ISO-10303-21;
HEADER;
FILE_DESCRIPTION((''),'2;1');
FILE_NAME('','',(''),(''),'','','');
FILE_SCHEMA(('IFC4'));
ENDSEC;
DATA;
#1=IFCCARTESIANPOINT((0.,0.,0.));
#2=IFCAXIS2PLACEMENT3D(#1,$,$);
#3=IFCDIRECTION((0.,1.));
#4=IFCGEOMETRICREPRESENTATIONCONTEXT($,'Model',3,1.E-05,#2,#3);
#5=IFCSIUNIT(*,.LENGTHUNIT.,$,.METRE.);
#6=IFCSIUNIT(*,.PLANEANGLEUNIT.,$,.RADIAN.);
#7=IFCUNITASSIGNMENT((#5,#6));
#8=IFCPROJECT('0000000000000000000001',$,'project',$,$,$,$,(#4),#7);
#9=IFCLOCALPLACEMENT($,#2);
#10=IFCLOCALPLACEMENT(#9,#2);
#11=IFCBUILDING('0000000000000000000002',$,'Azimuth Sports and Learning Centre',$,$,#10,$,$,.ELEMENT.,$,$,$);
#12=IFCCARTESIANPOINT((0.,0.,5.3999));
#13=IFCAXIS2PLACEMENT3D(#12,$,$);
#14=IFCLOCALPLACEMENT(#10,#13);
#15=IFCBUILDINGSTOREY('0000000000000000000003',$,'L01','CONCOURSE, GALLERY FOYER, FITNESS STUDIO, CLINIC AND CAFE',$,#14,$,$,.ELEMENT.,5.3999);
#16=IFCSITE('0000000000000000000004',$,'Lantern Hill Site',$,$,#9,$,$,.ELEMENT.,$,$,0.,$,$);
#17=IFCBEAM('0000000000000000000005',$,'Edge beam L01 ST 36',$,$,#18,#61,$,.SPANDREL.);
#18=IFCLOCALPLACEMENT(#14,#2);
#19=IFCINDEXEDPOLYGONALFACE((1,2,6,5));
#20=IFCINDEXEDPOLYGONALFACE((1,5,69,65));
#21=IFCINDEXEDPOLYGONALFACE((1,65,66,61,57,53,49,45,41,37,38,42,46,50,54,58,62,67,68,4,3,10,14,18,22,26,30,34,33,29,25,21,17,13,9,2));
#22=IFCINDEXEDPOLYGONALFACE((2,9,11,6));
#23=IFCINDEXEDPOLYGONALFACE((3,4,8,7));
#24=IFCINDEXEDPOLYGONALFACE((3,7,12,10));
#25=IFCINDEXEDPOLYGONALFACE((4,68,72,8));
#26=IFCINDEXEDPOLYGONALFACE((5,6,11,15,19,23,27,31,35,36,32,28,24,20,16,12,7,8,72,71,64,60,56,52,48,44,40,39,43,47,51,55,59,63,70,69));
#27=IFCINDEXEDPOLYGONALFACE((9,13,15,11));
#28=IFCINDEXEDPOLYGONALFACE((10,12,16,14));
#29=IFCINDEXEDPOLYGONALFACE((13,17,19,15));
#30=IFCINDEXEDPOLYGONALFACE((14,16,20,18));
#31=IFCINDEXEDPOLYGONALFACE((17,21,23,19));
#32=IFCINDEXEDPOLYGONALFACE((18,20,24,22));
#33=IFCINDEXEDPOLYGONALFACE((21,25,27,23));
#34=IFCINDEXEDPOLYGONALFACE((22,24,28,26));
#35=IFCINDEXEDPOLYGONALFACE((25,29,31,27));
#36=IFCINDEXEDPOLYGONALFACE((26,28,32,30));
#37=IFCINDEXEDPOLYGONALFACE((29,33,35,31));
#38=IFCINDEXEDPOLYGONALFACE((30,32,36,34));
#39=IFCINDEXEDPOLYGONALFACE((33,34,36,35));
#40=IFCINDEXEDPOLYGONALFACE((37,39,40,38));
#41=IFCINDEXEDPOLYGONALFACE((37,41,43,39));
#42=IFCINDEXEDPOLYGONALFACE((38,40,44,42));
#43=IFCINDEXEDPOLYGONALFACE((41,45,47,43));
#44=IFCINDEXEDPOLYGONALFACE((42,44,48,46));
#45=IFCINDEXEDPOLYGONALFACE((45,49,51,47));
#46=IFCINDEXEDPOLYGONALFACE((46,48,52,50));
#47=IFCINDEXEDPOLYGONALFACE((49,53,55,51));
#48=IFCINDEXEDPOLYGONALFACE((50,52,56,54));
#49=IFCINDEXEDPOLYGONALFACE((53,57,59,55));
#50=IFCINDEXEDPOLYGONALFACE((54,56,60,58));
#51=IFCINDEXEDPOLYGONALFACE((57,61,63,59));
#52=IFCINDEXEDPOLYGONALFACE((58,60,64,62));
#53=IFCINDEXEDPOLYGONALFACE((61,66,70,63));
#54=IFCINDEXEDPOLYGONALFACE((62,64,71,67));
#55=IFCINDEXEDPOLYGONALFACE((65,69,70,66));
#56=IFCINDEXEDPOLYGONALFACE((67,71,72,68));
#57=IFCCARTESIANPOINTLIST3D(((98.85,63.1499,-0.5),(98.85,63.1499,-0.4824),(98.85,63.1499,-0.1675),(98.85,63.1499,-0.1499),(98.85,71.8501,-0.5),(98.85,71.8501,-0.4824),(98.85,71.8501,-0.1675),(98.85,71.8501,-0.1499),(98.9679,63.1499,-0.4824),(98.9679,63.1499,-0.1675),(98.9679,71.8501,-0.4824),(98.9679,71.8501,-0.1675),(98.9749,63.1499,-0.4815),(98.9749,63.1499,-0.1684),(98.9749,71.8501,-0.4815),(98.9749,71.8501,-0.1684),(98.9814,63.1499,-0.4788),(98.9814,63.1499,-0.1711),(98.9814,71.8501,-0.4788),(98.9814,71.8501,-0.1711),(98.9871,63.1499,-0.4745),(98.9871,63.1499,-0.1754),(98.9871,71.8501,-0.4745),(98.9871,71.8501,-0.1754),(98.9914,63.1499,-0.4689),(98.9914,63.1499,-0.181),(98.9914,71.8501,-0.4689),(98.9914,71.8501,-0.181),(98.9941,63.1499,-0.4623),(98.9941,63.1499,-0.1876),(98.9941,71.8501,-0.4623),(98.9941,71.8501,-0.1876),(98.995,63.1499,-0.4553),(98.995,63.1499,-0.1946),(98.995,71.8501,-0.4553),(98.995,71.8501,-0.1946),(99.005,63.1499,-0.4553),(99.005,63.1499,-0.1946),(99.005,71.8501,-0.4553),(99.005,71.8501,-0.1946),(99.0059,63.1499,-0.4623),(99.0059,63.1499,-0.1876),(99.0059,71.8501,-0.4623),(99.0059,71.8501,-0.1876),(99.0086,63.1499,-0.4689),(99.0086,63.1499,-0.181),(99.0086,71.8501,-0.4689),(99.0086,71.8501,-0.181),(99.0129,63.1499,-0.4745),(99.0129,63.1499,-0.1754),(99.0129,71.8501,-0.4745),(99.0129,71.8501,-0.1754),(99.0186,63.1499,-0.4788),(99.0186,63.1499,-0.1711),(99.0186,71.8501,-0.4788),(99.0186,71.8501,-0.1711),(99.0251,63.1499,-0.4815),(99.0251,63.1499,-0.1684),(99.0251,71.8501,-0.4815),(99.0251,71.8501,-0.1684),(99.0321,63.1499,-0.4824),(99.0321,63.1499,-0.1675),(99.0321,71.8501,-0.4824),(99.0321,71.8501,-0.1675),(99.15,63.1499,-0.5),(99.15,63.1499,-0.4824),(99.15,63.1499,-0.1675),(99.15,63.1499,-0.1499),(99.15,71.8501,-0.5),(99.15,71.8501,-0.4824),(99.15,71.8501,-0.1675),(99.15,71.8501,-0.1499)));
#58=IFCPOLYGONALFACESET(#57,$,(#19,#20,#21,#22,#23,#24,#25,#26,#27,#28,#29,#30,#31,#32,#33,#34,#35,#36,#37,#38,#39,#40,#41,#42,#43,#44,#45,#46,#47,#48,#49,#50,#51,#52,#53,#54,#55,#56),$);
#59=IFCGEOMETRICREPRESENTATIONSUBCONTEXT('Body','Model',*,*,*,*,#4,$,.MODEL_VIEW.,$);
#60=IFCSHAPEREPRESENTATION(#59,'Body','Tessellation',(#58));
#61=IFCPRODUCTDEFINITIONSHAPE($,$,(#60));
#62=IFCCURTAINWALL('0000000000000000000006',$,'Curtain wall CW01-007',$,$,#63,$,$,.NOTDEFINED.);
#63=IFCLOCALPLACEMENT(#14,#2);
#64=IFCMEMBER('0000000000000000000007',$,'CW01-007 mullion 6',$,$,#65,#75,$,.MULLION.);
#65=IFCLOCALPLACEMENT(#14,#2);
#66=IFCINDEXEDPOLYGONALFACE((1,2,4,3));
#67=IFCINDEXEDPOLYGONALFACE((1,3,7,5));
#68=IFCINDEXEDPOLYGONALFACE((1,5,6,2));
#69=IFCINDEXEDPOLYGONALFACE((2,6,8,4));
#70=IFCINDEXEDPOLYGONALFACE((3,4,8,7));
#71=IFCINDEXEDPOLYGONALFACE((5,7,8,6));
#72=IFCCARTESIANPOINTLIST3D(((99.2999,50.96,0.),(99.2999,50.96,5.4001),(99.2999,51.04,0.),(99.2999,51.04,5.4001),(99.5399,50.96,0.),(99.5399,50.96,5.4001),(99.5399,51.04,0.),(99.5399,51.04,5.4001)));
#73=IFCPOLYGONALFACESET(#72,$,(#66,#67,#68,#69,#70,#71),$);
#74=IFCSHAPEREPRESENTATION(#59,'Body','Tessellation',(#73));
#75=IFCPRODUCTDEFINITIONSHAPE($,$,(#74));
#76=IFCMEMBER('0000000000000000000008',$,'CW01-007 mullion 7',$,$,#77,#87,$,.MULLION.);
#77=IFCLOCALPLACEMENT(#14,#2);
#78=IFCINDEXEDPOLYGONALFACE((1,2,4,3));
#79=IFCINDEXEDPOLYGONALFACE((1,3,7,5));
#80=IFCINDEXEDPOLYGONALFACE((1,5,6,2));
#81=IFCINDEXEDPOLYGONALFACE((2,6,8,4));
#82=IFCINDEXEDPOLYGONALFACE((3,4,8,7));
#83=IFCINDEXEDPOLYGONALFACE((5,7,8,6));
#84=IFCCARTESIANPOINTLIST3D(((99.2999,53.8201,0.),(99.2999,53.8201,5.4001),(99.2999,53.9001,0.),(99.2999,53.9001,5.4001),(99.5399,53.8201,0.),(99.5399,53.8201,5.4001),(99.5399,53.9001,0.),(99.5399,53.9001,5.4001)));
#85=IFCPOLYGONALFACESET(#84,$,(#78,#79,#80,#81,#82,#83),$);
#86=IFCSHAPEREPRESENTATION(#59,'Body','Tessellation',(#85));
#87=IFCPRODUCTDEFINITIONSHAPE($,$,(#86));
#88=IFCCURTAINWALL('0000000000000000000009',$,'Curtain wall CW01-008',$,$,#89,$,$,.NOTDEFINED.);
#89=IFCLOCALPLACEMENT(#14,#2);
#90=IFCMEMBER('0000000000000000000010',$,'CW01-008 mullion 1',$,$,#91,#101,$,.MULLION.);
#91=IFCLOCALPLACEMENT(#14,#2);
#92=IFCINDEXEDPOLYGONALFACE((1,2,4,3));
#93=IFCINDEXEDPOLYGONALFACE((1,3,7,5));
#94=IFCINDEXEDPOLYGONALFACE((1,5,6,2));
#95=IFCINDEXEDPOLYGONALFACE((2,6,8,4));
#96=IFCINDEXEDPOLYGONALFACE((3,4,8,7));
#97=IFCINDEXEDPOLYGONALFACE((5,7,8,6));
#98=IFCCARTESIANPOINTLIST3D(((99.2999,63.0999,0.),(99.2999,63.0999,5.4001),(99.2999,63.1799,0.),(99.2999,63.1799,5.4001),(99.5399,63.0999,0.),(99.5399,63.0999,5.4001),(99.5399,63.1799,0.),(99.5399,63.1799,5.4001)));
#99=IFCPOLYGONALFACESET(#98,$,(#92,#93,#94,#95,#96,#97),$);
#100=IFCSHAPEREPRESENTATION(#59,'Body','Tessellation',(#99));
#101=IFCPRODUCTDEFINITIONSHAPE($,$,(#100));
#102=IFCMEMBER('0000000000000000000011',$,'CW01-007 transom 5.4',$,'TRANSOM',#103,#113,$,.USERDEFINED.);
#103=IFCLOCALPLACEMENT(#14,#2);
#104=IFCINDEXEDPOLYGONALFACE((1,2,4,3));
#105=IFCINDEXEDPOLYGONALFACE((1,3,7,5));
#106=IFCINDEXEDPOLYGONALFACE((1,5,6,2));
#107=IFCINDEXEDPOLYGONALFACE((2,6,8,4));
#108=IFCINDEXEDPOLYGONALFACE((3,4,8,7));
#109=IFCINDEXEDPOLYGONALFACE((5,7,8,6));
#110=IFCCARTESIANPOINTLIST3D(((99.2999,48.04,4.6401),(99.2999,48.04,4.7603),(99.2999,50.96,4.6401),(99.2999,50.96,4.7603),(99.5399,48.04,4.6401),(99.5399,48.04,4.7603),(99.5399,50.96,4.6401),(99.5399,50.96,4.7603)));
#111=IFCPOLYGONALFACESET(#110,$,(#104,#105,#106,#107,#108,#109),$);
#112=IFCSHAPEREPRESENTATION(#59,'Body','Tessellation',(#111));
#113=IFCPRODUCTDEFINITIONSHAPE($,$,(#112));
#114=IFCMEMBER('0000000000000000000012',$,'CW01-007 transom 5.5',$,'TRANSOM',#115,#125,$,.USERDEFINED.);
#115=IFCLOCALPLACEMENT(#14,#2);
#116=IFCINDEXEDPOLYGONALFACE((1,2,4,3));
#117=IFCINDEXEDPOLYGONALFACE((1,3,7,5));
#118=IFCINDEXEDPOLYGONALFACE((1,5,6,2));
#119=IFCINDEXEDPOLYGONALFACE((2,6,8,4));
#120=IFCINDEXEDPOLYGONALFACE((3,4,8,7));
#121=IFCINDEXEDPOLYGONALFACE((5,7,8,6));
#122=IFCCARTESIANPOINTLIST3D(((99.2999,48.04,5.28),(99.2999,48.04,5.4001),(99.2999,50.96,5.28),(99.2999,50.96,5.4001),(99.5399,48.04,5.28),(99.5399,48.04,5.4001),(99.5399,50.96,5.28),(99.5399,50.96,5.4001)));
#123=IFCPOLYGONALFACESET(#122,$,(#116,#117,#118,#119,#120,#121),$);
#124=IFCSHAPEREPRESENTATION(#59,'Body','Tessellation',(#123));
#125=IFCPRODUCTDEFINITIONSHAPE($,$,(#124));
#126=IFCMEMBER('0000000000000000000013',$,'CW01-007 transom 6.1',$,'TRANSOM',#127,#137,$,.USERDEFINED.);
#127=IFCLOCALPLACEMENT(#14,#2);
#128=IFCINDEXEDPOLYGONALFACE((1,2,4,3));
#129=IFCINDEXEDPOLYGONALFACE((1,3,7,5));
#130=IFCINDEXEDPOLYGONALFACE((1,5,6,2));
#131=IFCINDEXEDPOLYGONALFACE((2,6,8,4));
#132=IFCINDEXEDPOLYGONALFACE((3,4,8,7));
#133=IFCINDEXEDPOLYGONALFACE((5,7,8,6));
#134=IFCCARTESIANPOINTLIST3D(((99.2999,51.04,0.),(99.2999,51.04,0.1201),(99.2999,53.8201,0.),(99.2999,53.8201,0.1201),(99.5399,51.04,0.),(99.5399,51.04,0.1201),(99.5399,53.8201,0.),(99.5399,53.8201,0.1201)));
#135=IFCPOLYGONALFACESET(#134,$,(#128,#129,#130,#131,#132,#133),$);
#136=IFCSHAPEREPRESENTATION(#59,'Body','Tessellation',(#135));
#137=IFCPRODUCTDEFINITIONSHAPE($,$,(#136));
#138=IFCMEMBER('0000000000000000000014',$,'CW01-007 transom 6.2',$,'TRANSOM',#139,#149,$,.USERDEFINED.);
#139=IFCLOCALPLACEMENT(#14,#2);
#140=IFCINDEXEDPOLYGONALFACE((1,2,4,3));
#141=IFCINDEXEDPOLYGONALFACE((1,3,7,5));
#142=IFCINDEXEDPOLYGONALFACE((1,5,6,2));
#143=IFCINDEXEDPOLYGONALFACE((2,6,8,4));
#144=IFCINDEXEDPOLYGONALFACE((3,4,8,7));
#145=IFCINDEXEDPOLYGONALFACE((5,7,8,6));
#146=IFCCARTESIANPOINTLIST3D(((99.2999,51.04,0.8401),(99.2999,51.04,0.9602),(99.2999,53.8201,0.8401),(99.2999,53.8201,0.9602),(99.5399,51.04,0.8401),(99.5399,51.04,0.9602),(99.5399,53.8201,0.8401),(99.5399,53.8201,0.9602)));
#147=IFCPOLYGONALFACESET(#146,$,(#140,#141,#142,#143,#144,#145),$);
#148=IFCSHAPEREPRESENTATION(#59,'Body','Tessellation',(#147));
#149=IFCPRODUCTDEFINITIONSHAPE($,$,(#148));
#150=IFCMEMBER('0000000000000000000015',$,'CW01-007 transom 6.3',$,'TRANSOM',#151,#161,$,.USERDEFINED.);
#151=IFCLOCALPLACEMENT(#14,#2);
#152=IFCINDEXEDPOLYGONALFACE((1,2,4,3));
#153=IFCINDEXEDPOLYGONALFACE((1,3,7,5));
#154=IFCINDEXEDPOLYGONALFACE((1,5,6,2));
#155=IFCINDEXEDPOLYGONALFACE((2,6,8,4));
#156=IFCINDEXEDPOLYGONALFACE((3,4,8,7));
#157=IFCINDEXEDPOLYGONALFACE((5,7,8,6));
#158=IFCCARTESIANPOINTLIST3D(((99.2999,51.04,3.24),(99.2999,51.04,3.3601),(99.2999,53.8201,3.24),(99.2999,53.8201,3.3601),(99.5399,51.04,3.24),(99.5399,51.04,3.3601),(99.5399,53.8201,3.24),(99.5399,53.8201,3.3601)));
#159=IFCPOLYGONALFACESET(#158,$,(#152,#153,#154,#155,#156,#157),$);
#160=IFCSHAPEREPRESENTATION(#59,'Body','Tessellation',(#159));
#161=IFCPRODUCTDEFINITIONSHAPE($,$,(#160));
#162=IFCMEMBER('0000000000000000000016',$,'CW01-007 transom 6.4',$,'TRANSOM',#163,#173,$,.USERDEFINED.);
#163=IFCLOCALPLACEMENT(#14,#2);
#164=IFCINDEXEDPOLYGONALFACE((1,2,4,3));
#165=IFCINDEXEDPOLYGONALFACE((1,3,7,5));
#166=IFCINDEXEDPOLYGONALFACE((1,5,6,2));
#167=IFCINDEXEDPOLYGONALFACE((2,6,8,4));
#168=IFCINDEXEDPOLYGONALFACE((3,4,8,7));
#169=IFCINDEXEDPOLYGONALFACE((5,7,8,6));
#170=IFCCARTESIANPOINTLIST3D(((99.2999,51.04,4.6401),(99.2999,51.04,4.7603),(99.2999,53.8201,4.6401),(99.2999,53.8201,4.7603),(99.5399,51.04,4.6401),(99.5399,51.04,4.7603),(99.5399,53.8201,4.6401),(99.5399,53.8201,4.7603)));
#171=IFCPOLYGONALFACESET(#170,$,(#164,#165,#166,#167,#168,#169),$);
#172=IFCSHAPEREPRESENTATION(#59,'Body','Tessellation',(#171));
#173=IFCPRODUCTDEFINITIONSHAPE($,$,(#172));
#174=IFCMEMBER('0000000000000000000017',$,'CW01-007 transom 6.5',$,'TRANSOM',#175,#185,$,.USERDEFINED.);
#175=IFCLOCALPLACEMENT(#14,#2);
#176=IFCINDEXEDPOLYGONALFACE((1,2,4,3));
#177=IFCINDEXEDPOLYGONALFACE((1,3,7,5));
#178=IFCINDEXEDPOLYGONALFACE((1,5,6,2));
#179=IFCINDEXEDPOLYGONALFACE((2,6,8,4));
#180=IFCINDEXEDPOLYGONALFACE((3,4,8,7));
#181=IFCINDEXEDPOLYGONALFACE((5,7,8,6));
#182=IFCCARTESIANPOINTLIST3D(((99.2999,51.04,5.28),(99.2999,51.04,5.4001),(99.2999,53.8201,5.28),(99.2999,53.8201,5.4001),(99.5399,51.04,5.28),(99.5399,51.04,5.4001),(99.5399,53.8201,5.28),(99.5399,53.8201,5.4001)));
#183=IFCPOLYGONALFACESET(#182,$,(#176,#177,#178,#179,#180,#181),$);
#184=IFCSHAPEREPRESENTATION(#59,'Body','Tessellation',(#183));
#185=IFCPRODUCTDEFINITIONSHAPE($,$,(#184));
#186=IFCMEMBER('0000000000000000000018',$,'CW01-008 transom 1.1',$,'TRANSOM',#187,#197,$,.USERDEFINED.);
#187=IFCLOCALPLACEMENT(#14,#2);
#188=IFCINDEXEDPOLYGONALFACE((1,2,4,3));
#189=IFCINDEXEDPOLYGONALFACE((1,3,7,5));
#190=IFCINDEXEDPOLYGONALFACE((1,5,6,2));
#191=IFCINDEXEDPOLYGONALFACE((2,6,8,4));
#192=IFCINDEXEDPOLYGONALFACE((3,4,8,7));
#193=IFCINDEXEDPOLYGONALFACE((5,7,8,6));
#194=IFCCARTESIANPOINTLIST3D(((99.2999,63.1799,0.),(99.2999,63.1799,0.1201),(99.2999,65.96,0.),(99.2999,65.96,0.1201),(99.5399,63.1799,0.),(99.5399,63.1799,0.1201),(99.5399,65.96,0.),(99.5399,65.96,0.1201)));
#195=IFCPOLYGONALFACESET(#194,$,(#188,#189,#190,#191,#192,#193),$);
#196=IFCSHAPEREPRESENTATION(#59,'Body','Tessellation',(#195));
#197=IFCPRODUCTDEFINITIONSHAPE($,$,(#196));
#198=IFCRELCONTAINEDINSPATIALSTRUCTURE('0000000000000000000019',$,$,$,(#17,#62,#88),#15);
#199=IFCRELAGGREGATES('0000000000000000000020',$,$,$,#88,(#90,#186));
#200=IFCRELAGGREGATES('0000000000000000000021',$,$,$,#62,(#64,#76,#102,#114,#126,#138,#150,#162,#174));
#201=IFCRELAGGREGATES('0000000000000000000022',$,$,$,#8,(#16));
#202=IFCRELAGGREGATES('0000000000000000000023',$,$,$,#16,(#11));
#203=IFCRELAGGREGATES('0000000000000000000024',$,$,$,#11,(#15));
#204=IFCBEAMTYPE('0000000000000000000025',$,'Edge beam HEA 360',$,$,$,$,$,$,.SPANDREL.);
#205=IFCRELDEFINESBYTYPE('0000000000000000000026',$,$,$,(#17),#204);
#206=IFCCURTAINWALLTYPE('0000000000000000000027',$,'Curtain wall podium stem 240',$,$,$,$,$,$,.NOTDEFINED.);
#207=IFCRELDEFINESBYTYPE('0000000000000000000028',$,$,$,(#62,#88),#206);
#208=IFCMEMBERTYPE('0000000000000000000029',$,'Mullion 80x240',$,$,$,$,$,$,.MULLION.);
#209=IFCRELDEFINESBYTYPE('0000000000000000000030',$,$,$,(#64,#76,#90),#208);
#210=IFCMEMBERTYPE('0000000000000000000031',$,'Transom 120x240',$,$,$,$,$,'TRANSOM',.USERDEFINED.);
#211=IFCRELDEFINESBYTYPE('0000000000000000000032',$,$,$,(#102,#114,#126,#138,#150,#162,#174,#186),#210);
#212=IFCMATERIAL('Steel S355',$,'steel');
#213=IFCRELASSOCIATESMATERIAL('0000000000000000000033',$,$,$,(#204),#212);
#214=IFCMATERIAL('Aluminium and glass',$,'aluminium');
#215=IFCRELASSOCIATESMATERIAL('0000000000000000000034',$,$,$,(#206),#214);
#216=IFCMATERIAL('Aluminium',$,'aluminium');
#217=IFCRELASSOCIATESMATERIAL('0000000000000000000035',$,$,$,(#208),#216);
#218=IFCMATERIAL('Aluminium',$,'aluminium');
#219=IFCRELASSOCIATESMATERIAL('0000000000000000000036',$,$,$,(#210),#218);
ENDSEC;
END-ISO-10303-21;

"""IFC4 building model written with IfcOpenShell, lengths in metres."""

from ifc_helpers import new_model, si_unit, direction, frame, origin, origin_2d, place, context, subcontext, project, spatial, rectangle, i_section, extrude, material, material_profile, profile_set, type_object, element, aggregate, save


model = new_model("IFC4")

# Units and contexts
model_context = context("Model", 3, precision=1e-05, world=origin(), true_north=direction((0.0, 1.0)))
body_context = subcontext(model_context, "Body", "Model", "MODEL_VIEW")
ifc_project = project(units=[si_unit("LENGTHUNIT", "METRE"), si_unit("PLANEANGLEUNIT", "RADIAN")], contexts=[model_context])

# Site, building, storey
site_placement = place(None, origin())
site = spatial("IfcSite", under=ifc_project, at=site_placement, Name="Lantern Hill Site", CompositionType="ELEMENT", RefElevation=0.0)
building_placement = place(site_placement, origin())
building = spatial("IfcBuilding", under=site, at=building_placement, Name="Azimuth Sports and Learning Centre", CompositionType="ELEMENT")
storey_placement = place(building_placement, frame((0.0, 0.0, 5.3999)))
storey = spatial("IfcBuildingStorey", under=building, at=storey_placement, Name="L01", Description="CONCOURSE, GALLERY FOYER, FITNESS STUDIO, CLINIC AND CAFE", CompositionType="ELEMENT", Elevation=5.3999)

# Beam
ifc_material_1 = material(Name="Steel S355", Category="steel")
ifc_material_profile_1 = material_profile(ifc_material_1, i_section(OverallWidth=0.3, OverallDepth=0.3501, WebThickness=0.01, FlangeThickness=0.0176, FilletRadius=0.0271, at=origin_2d()), Name="HEA 360")
ifc_profile_set_1 = profile_set([ifc_material_profile_1], Name="Steel S355")
beam_type = type_object("IfcBeamType", Name="Edge beam HEA 360", PredefinedType="SPANDREL", material=ifc_profile_set_1)
beam_placement = place(storey_placement, frame((99.0, 63.1499, -0.325), z_axis=(0.0, 1.0, 0.0), x_axis=(-1.0, 0.0, 0.0)))
element("IfcBeam", 1, at=beam_placement, inside=storey, type_object=beam_type, Name="Edge beam L01 ST 36", PredefinedType="SPANDREL", context=body_context, shape_type="SweptSolid", body=[
    extrude(i_section(OverallWidth=0.3, OverallDepth=0.3501, WebThickness=0.01, FlangeThickness=0.0176, FilletRadius=0.0271, at=origin_2d()), origin(), (0.0, 0.0, 1.0), 8.7002),
])

# Curtain wall, members
ifc_material_2 = material(Name="Aluminium and glass", Category="aluminium")
curtain_wall_type = type_object("IfcCurtainWallType", Name="Curtain wall podium stem 240", PredefinedType="NOTDEFINED", material=ifc_material_2)
curtain_wall_1_placement = place(storey_placement, origin())
curtain_wall_1 = element("IfcCurtainWall", 2, at=curtain_wall_1_placement, inside=storey, type_object=curtain_wall_type, Name="Curtain wall CW01-007", PredefinedType="NOTDEFINED")
ifc_material_3 = material(Name="Aluminium", Category="aluminium")
ifc_material_profile_2 = material_profile(ifc_material_3, rectangle(XDim=0.24, YDim=0.0801, at=origin_2d()), Name="Mullion 80x240")
ifc_profile_set_2 = profile_set([ifc_material_profile_2], Name="Aluminium")
member_type_1 = type_object("IfcMemberType", Name="Mullion 80x240", PredefinedType="MULLION", material=ifc_profile_set_2)
member_1_placement = place(storey_placement, frame((99.4199, 51.0, 0.0), z_axis=(0.0, 0.0, 1.0), x_axis=(-1.0, 0.0, 0.0)))
member_1 = element("IfcMember", 3, at=member_1_placement, type_object=member_type_1, Name="CW01-007 mullion 6", PredefinedType="MULLION", context=body_context, shape_type="SweptSolid", body=[
    extrude(rectangle(XDim=0.24, YDim=0.0801, at=origin_2d()), origin(), (0.0, 0.0, 1.0), 5.4001),
])
member_2_placement = place(storey_placement, frame((99.4199, 53.8601, 0.0), z_axis=(0.0, 0.0, 1.0), x_axis=(-1.0, 0.0, 0.0)))
member_2 = element("IfcMember", 4, at=member_2_placement, type_object=member_type_1, Name="CW01-007 mullion 7", PredefinedType="MULLION", context=body_context, shape_type="SweptSolid", body=[
    extrude(rectangle(XDim=0.24, YDim=0.0801, at=origin_2d()), origin(), (0.0, 0.0, 1.0), 5.4001),
])

# Curtain wall, member
curtain_wall_2_placement = place(storey_placement, origin())
curtain_wall_2 = element("IfcCurtainWall", 5, at=curtain_wall_2_placement, inside=storey, type_object=curtain_wall_type, Name="Curtain wall CW01-008", PredefinedType="NOTDEFINED")
member_3_placement = place(storey_placement, frame((99.4199, 63.1399, 0.0), z_axis=(0.0, 0.0, 1.0), x_axis=(-1.0, 0.0, 0.0)))
member_3 = element("IfcMember", 6, at=member_3_placement, type_object=member_type_1, Name="CW01-008 mullion 1", PredefinedType="MULLION", context=body_context, shape_type="SweptSolid", body=[
    extrude(rectangle(XDim=0.24, YDim=0.0801, at=origin_2d()), origin(), (0.0, 0.0, 1.0), 5.4001),
])

# Members
ifc_material_4 = material(Name="Aluminium", Category="aluminium")
ifc_material_profile_3 = material_profile(ifc_material_4, rectangle(XDim=0.24, YDim=0.1201, at=origin_2d()), Name="Transom 120x240")
ifc_profile_set_3 = profile_set([ifc_material_profile_3], Name="Aluminium")
member_type_2 = type_object("IfcMemberType", Name="Transom 120x240", ElementType="TRANSOM", PredefinedType="USERDEFINED", material=ifc_profile_set_3)
member_4_placement = place(storey_placement, frame((99.4199, 48.04, 4.7002), z_axis=(0.0, 1.0, 0.0), x_axis=(-1.0, 0.0, 0.0)))
member_4 = element("IfcMember", 7, at=member_4_placement, type_object=member_type_2, Name="CW01-007 transom 5.4", ObjectType="TRANSOM", PredefinedType="USERDEFINED", context=body_context, shape_type="SweptSolid", body=[
    extrude(rectangle(XDim=0.24, YDim=0.1201, at=origin_2d()), origin(), (0.0, 0.0, 1.0), 2.9199),
])
member_5_placement = place(storey_placement, frame((99.4199, 48.04, 5.3401), z_axis=(0.0, 1.0, 0.0), x_axis=(-1.0, 0.0, 0.0)))
member_5 = element("IfcMember", 8, at=member_5_placement, type_object=member_type_2, Name="CW01-007 transom 5.5", ObjectType="TRANSOM", PredefinedType="USERDEFINED", context=body_context, shape_type="SweptSolid", body=[
    extrude(rectangle(XDim=0.24, YDim=0.1201, at=origin_2d()), origin(), (0.0, 0.0, 1.0), 2.9199),
])
member_6_placement = place(storey_placement, frame((99.4199, 51.04, 0.0601), z_axis=(0.0, 1.0, 0.0), x_axis=(-1.0, 0.0, 0.0)))
member_6 = element("IfcMember", 9, at=member_6_placement, type_object=member_type_2, Name="CW01-007 transom 6.1", ObjectType="TRANSOM", PredefinedType="USERDEFINED", context=body_context, shape_type="SweptSolid", body=[
    extrude(rectangle(XDim=0.24, YDim=0.1201, at=origin_2d()), origin(), (0.0, 0.0, 1.0), 2.78),
])
member_7_placement = place(storey_placement, frame((99.4199, 51.04, 0.9001), z_axis=(0.0, 1.0, 0.0), x_axis=(-1.0, 0.0, 0.0)))
member_7 = element("IfcMember", 10, at=member_7_placement, type_object=member_type_2, Name="CW01-007 transom 6.2", ObjectType="TRANSOM", PredefinedType="USERDEFINED", context=body_context, shape_type="SweptSolid", body=[
    extrude(rectangle(XDim=0.24, YDim=0.1201, at=origin_2d()), origin(), (0.0, 0.0, 1.0), 2.78),
])
member_8_placement = place(storey_placement, frame((99.4199, 51.04, 3.3), z_axis=(0.0, 1.0, 0.0), x_axis=(-1.0, 0.0, 0.0)))
member_8 = element("IfcMember", 11, at=member_8_placement, type_object=member_type_2, Name="CW01-007 transom 6.3", ObjectType="TRANSOM", PredefinedType="USERDEFINED", context=body_context, shape_type="SweptSolid", body=[
    extrude(rectangle(XDim=0.24, YDim=0.1201, at=origin_2d()), origin(), (0.0, 0.0, 1.0), 2.78),
])
member_9_placement = place(storey_placement, frame((99.4199, 51.04, 4.7002), z_axis=(0.0, 1.0, 0.0), x_axis=(-1.0, 0.0, 0.0)))
member_9 = element("IfcMember", 12, at=member_9_placement, type_object=member_type_2, Name="CW01-007 transom 6.4", ObjectType="TRANSOM", PredefinedType="USERDEFINED", context=body_context, shape_type="SweptSolid", body=[
    extrude(rectangle(XDim=0.24, YDim=0.1201, at=origin_2d()), origin(), (0.0, 0.0, 1.0), 2.78),
])
member_10_placement = place(storey_placement, frame((99.4199, 51.04, 5.3401), z_axis=(0.0, 1.0, 0.0), x_axis=(-1.0, 0.0, 0.0)))
member_10 = element("IfcMember", 13, at=member_10_placement, type_object=member_type_2, Name="CW01-007 transom 6.5", ObjectType="TRANSOM", PredefinedType="USERDEFINED", context=body_context, shape_type="SweptSolid", body=[
    extrude(rectangle(XDim=0.24, YDim=0.1201, at=origin_2d()), origin(), (0.0, 0.0, 1.0), 2.78),
])
member_11_placement = place(storey_placement, frame((99.4199, 63.1799, 0.0601), z_axis=(0.0, 1.0, 0.0), x_axis=(-1.0, 0.0, 0.0)))
member_11 = element("IfcMember", 14, at=member_11_placement, type_object=member_type_2, Name="CW01-008 transom 1.1", ObjectType="TRANSOM", PredefinedType="USERDEFINED", context=body_context, shape_type="SweptSolid", body=[
    extrude(rectangle(XDim=0.24, YDim=0.1201, at=origin_2d()), origin(), (0.0, 0.0, 1.0), 2.78),
])

aggregate(curtain_wall_2, [member_3, member_11])
aggregate(curtain_wall_1, [member_1, member_2, member_4, member_5, member_6, member_7, member_8, member_9, member_10])

save(model, "model.ifc")
